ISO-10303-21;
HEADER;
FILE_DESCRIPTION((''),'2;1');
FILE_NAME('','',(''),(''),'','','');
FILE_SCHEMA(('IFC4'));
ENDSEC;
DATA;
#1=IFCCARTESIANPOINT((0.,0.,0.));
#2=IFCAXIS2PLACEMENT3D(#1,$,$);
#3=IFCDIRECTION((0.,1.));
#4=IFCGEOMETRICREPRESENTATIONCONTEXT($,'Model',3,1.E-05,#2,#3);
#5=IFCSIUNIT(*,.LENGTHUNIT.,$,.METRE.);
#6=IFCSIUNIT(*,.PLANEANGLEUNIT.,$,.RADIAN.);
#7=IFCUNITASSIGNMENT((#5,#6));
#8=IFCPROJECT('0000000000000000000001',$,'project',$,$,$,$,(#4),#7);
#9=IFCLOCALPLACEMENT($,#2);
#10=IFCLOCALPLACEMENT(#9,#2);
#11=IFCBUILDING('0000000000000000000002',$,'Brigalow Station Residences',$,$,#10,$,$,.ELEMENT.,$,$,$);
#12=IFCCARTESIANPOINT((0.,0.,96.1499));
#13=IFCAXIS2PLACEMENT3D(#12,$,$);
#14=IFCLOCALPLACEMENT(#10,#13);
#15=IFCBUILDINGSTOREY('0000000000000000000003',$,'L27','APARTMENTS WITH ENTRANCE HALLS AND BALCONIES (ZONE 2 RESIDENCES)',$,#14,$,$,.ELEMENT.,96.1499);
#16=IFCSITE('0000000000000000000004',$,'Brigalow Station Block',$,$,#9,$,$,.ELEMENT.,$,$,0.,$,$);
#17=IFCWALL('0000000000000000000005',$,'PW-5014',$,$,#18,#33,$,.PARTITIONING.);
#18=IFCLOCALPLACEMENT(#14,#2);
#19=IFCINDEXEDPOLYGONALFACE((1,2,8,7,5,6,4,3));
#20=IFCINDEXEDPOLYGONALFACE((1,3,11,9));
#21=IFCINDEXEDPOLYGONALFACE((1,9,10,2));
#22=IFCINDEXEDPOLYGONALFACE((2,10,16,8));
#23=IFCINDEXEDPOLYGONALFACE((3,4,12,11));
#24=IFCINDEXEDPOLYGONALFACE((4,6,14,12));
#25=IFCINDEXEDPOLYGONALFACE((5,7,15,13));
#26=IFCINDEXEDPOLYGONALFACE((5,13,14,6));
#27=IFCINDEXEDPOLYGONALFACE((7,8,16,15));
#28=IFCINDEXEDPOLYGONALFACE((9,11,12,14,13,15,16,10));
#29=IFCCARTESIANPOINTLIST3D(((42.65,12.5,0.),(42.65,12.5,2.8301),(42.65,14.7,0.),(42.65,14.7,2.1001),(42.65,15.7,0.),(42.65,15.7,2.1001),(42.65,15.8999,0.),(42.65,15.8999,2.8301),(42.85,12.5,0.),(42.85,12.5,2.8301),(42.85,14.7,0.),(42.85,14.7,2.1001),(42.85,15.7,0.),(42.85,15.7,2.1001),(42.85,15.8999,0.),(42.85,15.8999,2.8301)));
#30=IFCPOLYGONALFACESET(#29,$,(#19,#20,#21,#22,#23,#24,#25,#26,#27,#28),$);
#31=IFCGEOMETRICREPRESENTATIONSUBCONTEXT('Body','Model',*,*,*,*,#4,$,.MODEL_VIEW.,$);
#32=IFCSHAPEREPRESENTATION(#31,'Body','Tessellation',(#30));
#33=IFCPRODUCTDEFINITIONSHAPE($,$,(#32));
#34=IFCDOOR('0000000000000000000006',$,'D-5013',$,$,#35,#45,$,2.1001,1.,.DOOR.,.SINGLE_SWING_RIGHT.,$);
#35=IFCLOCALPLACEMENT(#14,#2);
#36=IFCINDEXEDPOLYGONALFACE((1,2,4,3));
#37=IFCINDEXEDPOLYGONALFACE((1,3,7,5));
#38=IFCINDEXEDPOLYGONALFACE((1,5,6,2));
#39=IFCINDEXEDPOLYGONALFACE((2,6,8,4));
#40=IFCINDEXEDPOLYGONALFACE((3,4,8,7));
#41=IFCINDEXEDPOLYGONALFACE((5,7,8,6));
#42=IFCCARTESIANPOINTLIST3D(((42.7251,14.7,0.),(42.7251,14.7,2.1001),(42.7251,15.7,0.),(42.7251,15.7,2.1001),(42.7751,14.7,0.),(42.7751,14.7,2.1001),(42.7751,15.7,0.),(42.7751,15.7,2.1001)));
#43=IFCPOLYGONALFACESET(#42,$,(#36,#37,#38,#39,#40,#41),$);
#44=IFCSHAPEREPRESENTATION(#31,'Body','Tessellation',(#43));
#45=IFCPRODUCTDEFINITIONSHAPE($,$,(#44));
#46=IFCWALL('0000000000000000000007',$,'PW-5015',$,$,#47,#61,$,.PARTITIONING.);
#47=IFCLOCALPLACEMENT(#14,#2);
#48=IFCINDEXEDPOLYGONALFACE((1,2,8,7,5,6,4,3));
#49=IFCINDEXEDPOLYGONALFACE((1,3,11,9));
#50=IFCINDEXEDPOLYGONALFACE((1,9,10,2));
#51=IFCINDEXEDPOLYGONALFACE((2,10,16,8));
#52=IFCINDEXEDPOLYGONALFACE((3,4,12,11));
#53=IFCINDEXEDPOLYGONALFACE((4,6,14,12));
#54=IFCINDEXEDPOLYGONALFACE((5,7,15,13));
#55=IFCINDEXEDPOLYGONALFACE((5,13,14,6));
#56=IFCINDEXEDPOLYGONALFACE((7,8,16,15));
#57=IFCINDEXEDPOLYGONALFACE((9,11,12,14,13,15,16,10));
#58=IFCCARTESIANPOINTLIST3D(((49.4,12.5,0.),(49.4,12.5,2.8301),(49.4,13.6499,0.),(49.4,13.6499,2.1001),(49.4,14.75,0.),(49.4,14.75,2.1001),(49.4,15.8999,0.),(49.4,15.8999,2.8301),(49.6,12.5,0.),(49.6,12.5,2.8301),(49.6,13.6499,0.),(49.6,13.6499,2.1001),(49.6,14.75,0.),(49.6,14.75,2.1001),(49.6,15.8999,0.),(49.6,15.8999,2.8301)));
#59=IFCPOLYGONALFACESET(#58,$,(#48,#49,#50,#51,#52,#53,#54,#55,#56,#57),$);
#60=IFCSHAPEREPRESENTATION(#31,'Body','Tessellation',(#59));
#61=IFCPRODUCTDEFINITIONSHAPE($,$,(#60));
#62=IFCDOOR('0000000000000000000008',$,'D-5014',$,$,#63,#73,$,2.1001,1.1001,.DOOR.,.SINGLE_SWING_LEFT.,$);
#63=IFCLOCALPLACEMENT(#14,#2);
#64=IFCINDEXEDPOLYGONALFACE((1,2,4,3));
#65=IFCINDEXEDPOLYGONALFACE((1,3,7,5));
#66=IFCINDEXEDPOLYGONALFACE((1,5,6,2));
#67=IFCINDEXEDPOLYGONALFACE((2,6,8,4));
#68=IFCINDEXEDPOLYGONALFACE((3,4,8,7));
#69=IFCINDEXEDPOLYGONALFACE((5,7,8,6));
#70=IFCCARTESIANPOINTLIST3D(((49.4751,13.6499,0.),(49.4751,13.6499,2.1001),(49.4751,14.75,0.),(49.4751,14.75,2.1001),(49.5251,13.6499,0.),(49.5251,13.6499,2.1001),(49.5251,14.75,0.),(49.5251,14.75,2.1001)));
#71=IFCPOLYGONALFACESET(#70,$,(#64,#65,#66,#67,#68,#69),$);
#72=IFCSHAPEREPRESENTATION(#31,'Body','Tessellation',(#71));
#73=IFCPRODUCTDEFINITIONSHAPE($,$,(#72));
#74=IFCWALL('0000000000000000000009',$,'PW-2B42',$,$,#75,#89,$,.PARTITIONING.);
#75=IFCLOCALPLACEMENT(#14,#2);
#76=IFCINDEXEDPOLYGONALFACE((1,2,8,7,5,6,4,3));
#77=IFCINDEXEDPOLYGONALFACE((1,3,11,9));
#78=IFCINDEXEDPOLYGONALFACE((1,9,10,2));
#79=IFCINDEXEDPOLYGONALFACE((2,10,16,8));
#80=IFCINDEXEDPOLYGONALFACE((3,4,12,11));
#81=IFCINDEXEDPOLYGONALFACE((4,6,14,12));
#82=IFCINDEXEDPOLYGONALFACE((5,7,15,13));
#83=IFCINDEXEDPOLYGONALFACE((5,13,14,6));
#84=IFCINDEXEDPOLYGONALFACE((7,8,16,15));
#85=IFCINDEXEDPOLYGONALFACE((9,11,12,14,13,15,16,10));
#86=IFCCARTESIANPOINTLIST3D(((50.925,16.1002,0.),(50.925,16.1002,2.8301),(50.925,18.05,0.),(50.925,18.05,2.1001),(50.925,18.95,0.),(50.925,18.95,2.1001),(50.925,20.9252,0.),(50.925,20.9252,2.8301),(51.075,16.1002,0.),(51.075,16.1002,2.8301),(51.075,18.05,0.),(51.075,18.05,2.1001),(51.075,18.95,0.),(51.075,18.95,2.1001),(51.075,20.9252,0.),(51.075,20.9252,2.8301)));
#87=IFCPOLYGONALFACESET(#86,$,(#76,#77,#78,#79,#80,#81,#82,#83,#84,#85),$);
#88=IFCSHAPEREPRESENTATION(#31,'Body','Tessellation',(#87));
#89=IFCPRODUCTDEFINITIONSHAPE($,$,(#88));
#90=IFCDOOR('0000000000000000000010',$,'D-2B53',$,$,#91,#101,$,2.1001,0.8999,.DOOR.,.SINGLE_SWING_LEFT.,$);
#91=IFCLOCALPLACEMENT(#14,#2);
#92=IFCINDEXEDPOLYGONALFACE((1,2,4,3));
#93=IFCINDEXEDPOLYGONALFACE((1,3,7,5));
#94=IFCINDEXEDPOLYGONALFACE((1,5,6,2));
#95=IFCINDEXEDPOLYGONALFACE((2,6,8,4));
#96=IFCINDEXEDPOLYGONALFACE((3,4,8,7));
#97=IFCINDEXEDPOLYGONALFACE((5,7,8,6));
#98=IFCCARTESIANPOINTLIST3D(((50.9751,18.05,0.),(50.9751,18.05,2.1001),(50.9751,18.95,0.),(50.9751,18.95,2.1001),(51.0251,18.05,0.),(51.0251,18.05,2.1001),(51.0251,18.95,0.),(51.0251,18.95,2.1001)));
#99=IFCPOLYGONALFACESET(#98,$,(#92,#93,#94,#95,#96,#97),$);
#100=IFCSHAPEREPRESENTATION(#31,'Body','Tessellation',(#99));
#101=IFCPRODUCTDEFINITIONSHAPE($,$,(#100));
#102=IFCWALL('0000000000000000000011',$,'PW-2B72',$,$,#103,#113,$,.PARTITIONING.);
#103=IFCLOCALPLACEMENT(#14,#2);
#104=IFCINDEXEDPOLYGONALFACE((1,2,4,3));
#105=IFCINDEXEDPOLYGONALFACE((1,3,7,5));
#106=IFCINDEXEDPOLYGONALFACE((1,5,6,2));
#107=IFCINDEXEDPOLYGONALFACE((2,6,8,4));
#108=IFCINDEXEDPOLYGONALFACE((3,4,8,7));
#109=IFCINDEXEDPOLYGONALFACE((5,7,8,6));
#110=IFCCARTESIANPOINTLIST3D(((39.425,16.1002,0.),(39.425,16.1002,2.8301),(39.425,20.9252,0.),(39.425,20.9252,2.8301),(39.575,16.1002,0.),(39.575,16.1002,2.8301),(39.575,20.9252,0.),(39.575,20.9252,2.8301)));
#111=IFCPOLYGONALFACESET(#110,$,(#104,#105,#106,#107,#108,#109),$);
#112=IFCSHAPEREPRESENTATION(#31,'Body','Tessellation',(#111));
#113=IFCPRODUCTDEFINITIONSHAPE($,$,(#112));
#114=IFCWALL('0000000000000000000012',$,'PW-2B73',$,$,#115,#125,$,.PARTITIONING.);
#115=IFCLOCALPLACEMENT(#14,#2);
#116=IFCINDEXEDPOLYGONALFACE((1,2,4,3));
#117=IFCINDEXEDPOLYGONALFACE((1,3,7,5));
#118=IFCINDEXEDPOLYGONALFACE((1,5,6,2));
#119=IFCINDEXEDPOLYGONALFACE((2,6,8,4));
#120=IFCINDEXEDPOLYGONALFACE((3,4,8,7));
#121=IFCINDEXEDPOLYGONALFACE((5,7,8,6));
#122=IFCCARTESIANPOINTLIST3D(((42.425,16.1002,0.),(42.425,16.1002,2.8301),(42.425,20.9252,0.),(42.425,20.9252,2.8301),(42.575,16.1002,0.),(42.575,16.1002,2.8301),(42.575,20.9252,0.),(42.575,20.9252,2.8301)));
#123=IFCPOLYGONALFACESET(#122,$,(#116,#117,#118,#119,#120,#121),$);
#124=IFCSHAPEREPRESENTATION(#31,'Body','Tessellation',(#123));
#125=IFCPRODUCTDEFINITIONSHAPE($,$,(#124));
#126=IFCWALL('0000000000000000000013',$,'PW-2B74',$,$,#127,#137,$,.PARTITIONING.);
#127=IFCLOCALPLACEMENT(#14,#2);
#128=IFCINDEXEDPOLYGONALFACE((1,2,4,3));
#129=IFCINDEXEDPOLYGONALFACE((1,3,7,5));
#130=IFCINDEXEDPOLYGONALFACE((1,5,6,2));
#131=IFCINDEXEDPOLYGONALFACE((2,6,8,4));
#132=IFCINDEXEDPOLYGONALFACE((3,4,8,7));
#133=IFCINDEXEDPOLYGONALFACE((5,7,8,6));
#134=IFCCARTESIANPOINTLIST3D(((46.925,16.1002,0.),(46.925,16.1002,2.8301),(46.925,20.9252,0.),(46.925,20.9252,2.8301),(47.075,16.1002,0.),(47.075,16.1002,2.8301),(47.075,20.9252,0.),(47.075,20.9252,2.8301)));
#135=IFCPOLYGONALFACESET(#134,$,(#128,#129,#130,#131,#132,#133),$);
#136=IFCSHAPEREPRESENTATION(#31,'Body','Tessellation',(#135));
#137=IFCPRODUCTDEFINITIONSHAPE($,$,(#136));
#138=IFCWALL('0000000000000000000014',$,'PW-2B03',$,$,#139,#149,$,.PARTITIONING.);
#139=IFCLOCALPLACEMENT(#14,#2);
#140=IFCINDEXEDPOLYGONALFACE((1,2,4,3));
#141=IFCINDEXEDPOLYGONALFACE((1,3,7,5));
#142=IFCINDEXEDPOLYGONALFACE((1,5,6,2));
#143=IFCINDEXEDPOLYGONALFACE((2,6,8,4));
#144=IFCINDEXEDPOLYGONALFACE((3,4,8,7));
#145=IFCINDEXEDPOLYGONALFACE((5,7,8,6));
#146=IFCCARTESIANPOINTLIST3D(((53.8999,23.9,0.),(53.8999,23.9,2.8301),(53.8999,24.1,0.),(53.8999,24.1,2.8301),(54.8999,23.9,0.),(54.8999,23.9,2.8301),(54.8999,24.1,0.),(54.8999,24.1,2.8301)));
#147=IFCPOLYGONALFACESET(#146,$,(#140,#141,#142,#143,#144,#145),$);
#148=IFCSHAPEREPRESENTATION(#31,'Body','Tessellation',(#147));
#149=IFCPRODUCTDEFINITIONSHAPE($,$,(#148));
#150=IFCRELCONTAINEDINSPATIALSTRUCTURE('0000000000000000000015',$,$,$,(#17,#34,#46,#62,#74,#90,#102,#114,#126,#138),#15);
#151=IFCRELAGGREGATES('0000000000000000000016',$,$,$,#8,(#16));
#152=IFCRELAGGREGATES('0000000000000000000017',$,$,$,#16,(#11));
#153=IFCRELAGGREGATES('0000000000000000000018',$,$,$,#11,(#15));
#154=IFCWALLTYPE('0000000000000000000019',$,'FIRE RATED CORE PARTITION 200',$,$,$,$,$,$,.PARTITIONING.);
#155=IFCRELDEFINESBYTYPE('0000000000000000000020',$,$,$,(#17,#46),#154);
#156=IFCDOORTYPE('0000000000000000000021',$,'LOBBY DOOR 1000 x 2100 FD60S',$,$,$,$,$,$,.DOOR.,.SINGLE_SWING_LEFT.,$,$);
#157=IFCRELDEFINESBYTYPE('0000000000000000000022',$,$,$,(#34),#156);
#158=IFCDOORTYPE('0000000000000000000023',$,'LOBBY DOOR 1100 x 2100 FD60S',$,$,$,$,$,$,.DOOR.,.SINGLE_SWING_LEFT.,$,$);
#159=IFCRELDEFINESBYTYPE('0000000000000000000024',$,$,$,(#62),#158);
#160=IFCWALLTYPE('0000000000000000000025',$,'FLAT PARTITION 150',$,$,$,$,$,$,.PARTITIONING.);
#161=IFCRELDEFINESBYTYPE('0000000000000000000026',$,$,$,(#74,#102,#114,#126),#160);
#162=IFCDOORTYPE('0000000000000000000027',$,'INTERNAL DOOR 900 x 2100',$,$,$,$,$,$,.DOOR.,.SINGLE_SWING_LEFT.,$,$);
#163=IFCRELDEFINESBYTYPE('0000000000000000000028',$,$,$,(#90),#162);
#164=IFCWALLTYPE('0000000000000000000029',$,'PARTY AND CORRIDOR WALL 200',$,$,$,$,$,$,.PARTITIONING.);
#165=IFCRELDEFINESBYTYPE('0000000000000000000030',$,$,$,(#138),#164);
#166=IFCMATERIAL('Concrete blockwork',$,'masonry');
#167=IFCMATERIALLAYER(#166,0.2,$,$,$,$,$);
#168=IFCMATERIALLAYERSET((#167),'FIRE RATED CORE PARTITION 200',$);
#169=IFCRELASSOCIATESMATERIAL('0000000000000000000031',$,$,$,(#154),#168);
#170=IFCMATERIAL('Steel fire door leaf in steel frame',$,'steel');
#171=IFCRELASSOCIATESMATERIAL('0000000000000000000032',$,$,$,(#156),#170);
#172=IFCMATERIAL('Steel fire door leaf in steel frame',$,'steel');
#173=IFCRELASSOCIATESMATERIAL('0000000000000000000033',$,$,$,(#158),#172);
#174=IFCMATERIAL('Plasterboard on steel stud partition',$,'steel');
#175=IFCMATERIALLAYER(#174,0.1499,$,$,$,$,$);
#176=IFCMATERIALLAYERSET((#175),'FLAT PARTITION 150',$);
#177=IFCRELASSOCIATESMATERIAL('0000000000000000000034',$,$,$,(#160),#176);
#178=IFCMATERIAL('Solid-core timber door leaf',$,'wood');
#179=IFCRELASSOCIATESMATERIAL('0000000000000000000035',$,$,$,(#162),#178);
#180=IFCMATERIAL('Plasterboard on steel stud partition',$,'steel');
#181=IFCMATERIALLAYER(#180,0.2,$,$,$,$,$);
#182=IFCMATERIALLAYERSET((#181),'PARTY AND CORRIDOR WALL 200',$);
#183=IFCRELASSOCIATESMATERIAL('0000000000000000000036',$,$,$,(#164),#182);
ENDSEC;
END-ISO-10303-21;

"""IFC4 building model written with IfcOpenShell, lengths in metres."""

from ifc_helpers import new_model, si_unit, direction, frame, frame_2d, origin, place, context, subcontext, project, spatial, rectangle, extrude, material, layer, layer_set, type_object, element, fill, save


model = new_model("IFC4")

# Units and contexts
model_context = context("Model", 3, precision=1e-05, world=origin(), true_north=direction((0.0, 1.0)))
body_context = subcontext(model_context, "Body", "Model", "MODEL_VIEW")
ifc_project = project(units=[si_unit("LENGTHUNIT", "METRE"), si_unit("PLANEANGLEUNIT", "RADIAN")], contexts=[model_context])

# Site, building, storey
site_placement = place(None, origin())
site = spatial("IfcSite", under=ifc_project, at=site_placement, Name="Brigalow Station Block", CompositionType="ELEMENT", RefElevation=0.0)
building_placement = place(site_placement, origin())
building = spatial("IfcBuilding", under=site, at=building_placement, Name="Brigalow Station Residences", CompositionType="ELEMENT")
storey_placement = place(building_placement, frame((0.0, 0.0, 96.1499)))
storey = spatial("IfcBuildingStorey", under=building, at=storey_placement, Name="L27", Description="APARTMENTS WITH ENTRANCE HALLS AND BALCONIES (ZONE 2 RESIDENCES)", CompositionType="ELEMENT", Elevation=96.1499)

# Walls, openings, doors
ifc_material_1 = material(Name="Concrete blockwork", Category="masonry")
ifc_layer_1 = layer(ifc_material_1, 0.2)
ifc_layer_set_1 = layer_set([ifc_layer_1], Name="FIRE RATED CORE PARTITION 200")
wall_type_1 = type_object("IfcWallType", Name="FIRE RATED CORE PARTITION 200", PredefinedType="PARTITIONING", material=ifc_layer_set_1)
wall_1_placement = place(storey_placement, frame((42.75, 12.5, 0.0), z_axis=(0.0, 0.0, 1.0), x_axis=(0.0, 1.0, 0.0)))
wall_1 = element("IfcWall", 1, at=wall_1_placement, inside=storey, type_object=wall_type_1, Name="PW-5014", PredefinedType="PARTITIONING", context=body_context, shape_type="SweptSolid", body=[
    extrude(rectangle(XDim=3.3999, YDim=0.2, at=frame_2d((1.7, 0.0))), origin(), (0.0, 0.0, 1.0), 2.8301),
])
opening_1_placement = place(wall_1_placement, frame((2.2, 0.0, 0.0)))
opening_1 = element("IfcOpeningElement", 2, at=opening_1_placement, cuts=wall_1, PredefinedType="OPENING", context=body_context, shape_type="SweptSolid", body=[
    extrude(rectangle(XDim=1.0, YDim=2.1001, at=frame_2d((0.5, 1.05))), frame((0.0, 0.1099, 0.0), z_axis=(0.0, -1.0, 0.0), x_axis=(1.0, 0.0, 0.0)), (0.0, 0.0, 1.0), 0.22),
])
ifc_material_2 = material(Name="Steel fire door leaf in steel frame", Category="steel")
door_type_1 = type_object("IfcDoorType", Name="LOBBY DOOR 1000 x 2100 FD60S", OperationType="SINGLE_SWING_LEFT", PredefinedType="DOOR", material=ifc_material_2)
door_1_placement = place(opening_1_placement, origin())
door_1 = element("IfcDoor", 3, at=door_1_placement, inside=storey, type_object=door_type_1, Name="D-5013", OperationType="SINGLE_SWING_RIGHT", OverallHeight=2.1001, OverallWidth=1.0, PredefinedType="DOOR", context=body_context, shape_type="SweptSolid", body=[
    extrude(rectangle(XDim=1.0, YDim=2.1001, at=frame_2d((0.5, 1.05))), frame((0.0, 0.0249, 0.0), z_axis=(0.0, -1.0, 0.0), x_axis=(1.0, 0.0, 0.0)), (0.0, 0.0, 1.0), 0.05),
])
fill(opening_1, door_1)
wall_2_placement = place(storey_placement, frame((49.5, 12.5, 0.0), z_axis=(0.0, 0.0, 1.0), x_axis=(0.0, 1.0, 0.0)))
wall_2 = element("IfcWall", 4, at=wall_2_placement, inside=storey, type_object=wall_type_1, Name="PW-5015", PredefinedType="PARTITIONING", context=body_context, shape_type="SweptSolid", body=[
    extrude(rectangle(XDim=3.3999, YDim=0.2, at=frame_2d((1.7, 0.0))), origin(), (0.0, 0.0, 1.0), 2.8301),
])
opening_2_placement = place(wall_2_placement, frame((1.1499, 0.0, 0.0)))
opening_2 = element("IfcOpeningElement", 5, at=opening_2_placement, cuts=wall_2, PredefinedType="OPENING", context=body_context, shape_type="SweptSolid", body=[
    extrude(rectangle(XDim=1.1001, YDim=2.1001, at=frame_2d((0.55, 1.05))), frame((0.0, 0.1099, 0.0), z_axis=(0.0, -1.0, 0.0), x_axis=(1.0, 0.0, 0.0)), (0.0, 0.0, 1.0), 0.22),
])
ifc_material_3 = material(Name="Steel fire door leaf in steel frame", Category="steel")
door_type_2 = type_object("IfcDoorType", Name="LOBBY DOOR 1100 x 2100 FD60S", OperationType="SINGLE_SWING_LEFT", PredefinedType="DOOR", material=ifc_material_3)
door_2_placement = place(opening_2_placement, origin())
door_2 = element("IfcDoor", 6, at=door_2_placement, inside=storey, type_object=door_type_2, Name="D-5014", OperationType="SINGLE_SWING_LEFT", OverallHeight=2.1001, OverallWidth=1.1001, PredefinedType="DOOR", context=body_context, shape_type="SweptSolid", body=[
    extrude(rectangle(XDim=1.1001, YDim=2.1001, at=frame_2d((0.55, 1.05))), frame((0.0, 0.0249, 0.0), z_axis=(0.0, -1.0, 0.0), x_axis=(1.0, 0.0, 0.0)), (0.0, 0.0, 1.0), 0.05),
])
fill(opening_2, door_2)
ifc_material_4 = material(Name="Plasterboard on steel stud partition", Category="steel")
ifc_layer_2 = layer(ifc_material_4, 0.1499)
ifc_layer_set_2 = layer_set([ifc_layer_2], Name="FLAT PARTITION 150")
wall_type_2 = type_object("IfcWallType", Name="FLAT PARTITION 150", PredefinedType="PARTITIONING", material=ifc_layer_set_2)
wall_3_placement = place(storey_placement, frame((51.0, 16.1001, 0.0), z_axis=(0.0, 0.0, 1.0), x_axis=(0.0, 1.0, 0.0)))
wall_3 = element("IfcWall", 7, at=wall_3_placement, inside=storey, type_object=wall_type_2, Name="PW-2B42", PredefinedType="PARTITIONING", context=body_context, shape_type="SweptSolid", body=[
    extrude(rectangle(XDim=4.825, YDim=0.1499, at=frame_2d((2.4126, 0.0))), origin(), (0.0, 0.0, 1.0), 2.8301),
])
opening_3_placement = place(wall_3_placement, frame((1.95, 0.0, 0.0)))
opening_3 = element("IfcOpeningElement", 8, at=opening_3_placement, cuts=wall_3, PredefinedType="OPENING", context=body_context, shape_type="SweptSolid", body=[
    extrude(rectangle(XDim=0.8999, YDim=2.1001, at=frame_2d((0.45, 1.05))), frame((0.0, 0.085, 0.0), z_axis=(0.0, -1.0, 0.0), x_axis=(1.0, 0.0, 0.0)), (0.0, 0.0, 1.0), 0.1699),
])
ifc_material_5 = material(Name="Solid-core timber door leaf", Category="wood")
door_type_3 = type_object("IfcDoorType", Name="INTERNAL DOOR 900 x 2100", OperationType="SINGLE_SWING_LEFT", PredefinedType="DOOR", material=ifc_material_5)
door_3_placement = place(opening_3_placement, origin())
door_3 = element("IfcDoor", 9, at=door_3_placement, inside=storey, type_object=door_type_3, Name="D-2B53", OperationType="SINGLE_SWING_LEFT", OverallHeight=2.1001, OverallWidth=0.8999, PredefinedType="DOOR", context=body_context, shape_type="SweptSolid", body=[
    extrude(rectangle(XDim=0.8999, YDim=2.1001, at=frame_2d((0.45, 1.05))), frame((0.0, 0.0249, 0.0), z_axis=(0.0, -1.0, 0.0), x_axis=(1.0, 0.0, 0.0)), (0.0, 0.0, 1.0), 0.05),
])
fill(opening_3, door_3)

# Walls
for number, where, z_axis, x_axis, name in (
    (10, (39.5, 16.1001, 0.0), (0.0, 0.0, 1.0), (0.0, 1.0, 0.0), "PW-2B72"),
    (11, (42.5, 16.1001, 0.0), (0.0, 0.0, 1.0), (0.0, 1.0, 0.0), "PW-2B73"),
    (12, (47.0, 16.1001, 0.0), (0.0, 0.0, 1.0), (0.0, 1.0, 0.0), "PW-2B74"),
):
    element("IfcWall", number, at=place(storey_placement, frame(where, z_axis=z_axis, x_axis=x_axis)), inside=storey, type_object=wall_type_2, Name=name, PredefinedType="PARTITIONING", context=body_context, shape_type="SweptSolid", body=[
        extrude(rectangle(XDim=4.825, YDim=0.1499, at=frame_2d((2.4126, 0.0))), origin(), (0.0, 0.0, 1.0), 2.8301),
    ])
ifc_material_6 = material(Name="Plasterboard on steel stud partition", Category="steel")
ifc_layer_3 = layer(ifc_material_6, 0.2)
ifc_layer_set_3 = layer_set([ifc_layer_3], Name="PARTY AND CORRIDOR WALL 200")
wall_type_3 = type_object("IfcWallType", Name="PARTY AND CORRIDOR WALL 200", PredefinedType="PARTITIONING", material=ifc_layer_set_3)
wall_4_placement = place(storey_placement, frame((53.8999, 24.0, 0.0), z_axis=(0.0, 0.0, 1.0), x_axis=(1.0, 0.0, 0.0)))
element("IfcWall", 13, at=wall_4_placement, inside=storey, type_object=wall_type_3, Name="PW-2B03", PredefinedType="PARTITIONING", context=body_context, shape_type="SweptSolid", body=[
    extrude(rectangle(XDim=1.0, YDim=0.2, at=frame_2d((0.5, 0.0))), origin(), (0.0, 0.0, 1.0), 2.8301),
])

save(model, "model.ifc")
